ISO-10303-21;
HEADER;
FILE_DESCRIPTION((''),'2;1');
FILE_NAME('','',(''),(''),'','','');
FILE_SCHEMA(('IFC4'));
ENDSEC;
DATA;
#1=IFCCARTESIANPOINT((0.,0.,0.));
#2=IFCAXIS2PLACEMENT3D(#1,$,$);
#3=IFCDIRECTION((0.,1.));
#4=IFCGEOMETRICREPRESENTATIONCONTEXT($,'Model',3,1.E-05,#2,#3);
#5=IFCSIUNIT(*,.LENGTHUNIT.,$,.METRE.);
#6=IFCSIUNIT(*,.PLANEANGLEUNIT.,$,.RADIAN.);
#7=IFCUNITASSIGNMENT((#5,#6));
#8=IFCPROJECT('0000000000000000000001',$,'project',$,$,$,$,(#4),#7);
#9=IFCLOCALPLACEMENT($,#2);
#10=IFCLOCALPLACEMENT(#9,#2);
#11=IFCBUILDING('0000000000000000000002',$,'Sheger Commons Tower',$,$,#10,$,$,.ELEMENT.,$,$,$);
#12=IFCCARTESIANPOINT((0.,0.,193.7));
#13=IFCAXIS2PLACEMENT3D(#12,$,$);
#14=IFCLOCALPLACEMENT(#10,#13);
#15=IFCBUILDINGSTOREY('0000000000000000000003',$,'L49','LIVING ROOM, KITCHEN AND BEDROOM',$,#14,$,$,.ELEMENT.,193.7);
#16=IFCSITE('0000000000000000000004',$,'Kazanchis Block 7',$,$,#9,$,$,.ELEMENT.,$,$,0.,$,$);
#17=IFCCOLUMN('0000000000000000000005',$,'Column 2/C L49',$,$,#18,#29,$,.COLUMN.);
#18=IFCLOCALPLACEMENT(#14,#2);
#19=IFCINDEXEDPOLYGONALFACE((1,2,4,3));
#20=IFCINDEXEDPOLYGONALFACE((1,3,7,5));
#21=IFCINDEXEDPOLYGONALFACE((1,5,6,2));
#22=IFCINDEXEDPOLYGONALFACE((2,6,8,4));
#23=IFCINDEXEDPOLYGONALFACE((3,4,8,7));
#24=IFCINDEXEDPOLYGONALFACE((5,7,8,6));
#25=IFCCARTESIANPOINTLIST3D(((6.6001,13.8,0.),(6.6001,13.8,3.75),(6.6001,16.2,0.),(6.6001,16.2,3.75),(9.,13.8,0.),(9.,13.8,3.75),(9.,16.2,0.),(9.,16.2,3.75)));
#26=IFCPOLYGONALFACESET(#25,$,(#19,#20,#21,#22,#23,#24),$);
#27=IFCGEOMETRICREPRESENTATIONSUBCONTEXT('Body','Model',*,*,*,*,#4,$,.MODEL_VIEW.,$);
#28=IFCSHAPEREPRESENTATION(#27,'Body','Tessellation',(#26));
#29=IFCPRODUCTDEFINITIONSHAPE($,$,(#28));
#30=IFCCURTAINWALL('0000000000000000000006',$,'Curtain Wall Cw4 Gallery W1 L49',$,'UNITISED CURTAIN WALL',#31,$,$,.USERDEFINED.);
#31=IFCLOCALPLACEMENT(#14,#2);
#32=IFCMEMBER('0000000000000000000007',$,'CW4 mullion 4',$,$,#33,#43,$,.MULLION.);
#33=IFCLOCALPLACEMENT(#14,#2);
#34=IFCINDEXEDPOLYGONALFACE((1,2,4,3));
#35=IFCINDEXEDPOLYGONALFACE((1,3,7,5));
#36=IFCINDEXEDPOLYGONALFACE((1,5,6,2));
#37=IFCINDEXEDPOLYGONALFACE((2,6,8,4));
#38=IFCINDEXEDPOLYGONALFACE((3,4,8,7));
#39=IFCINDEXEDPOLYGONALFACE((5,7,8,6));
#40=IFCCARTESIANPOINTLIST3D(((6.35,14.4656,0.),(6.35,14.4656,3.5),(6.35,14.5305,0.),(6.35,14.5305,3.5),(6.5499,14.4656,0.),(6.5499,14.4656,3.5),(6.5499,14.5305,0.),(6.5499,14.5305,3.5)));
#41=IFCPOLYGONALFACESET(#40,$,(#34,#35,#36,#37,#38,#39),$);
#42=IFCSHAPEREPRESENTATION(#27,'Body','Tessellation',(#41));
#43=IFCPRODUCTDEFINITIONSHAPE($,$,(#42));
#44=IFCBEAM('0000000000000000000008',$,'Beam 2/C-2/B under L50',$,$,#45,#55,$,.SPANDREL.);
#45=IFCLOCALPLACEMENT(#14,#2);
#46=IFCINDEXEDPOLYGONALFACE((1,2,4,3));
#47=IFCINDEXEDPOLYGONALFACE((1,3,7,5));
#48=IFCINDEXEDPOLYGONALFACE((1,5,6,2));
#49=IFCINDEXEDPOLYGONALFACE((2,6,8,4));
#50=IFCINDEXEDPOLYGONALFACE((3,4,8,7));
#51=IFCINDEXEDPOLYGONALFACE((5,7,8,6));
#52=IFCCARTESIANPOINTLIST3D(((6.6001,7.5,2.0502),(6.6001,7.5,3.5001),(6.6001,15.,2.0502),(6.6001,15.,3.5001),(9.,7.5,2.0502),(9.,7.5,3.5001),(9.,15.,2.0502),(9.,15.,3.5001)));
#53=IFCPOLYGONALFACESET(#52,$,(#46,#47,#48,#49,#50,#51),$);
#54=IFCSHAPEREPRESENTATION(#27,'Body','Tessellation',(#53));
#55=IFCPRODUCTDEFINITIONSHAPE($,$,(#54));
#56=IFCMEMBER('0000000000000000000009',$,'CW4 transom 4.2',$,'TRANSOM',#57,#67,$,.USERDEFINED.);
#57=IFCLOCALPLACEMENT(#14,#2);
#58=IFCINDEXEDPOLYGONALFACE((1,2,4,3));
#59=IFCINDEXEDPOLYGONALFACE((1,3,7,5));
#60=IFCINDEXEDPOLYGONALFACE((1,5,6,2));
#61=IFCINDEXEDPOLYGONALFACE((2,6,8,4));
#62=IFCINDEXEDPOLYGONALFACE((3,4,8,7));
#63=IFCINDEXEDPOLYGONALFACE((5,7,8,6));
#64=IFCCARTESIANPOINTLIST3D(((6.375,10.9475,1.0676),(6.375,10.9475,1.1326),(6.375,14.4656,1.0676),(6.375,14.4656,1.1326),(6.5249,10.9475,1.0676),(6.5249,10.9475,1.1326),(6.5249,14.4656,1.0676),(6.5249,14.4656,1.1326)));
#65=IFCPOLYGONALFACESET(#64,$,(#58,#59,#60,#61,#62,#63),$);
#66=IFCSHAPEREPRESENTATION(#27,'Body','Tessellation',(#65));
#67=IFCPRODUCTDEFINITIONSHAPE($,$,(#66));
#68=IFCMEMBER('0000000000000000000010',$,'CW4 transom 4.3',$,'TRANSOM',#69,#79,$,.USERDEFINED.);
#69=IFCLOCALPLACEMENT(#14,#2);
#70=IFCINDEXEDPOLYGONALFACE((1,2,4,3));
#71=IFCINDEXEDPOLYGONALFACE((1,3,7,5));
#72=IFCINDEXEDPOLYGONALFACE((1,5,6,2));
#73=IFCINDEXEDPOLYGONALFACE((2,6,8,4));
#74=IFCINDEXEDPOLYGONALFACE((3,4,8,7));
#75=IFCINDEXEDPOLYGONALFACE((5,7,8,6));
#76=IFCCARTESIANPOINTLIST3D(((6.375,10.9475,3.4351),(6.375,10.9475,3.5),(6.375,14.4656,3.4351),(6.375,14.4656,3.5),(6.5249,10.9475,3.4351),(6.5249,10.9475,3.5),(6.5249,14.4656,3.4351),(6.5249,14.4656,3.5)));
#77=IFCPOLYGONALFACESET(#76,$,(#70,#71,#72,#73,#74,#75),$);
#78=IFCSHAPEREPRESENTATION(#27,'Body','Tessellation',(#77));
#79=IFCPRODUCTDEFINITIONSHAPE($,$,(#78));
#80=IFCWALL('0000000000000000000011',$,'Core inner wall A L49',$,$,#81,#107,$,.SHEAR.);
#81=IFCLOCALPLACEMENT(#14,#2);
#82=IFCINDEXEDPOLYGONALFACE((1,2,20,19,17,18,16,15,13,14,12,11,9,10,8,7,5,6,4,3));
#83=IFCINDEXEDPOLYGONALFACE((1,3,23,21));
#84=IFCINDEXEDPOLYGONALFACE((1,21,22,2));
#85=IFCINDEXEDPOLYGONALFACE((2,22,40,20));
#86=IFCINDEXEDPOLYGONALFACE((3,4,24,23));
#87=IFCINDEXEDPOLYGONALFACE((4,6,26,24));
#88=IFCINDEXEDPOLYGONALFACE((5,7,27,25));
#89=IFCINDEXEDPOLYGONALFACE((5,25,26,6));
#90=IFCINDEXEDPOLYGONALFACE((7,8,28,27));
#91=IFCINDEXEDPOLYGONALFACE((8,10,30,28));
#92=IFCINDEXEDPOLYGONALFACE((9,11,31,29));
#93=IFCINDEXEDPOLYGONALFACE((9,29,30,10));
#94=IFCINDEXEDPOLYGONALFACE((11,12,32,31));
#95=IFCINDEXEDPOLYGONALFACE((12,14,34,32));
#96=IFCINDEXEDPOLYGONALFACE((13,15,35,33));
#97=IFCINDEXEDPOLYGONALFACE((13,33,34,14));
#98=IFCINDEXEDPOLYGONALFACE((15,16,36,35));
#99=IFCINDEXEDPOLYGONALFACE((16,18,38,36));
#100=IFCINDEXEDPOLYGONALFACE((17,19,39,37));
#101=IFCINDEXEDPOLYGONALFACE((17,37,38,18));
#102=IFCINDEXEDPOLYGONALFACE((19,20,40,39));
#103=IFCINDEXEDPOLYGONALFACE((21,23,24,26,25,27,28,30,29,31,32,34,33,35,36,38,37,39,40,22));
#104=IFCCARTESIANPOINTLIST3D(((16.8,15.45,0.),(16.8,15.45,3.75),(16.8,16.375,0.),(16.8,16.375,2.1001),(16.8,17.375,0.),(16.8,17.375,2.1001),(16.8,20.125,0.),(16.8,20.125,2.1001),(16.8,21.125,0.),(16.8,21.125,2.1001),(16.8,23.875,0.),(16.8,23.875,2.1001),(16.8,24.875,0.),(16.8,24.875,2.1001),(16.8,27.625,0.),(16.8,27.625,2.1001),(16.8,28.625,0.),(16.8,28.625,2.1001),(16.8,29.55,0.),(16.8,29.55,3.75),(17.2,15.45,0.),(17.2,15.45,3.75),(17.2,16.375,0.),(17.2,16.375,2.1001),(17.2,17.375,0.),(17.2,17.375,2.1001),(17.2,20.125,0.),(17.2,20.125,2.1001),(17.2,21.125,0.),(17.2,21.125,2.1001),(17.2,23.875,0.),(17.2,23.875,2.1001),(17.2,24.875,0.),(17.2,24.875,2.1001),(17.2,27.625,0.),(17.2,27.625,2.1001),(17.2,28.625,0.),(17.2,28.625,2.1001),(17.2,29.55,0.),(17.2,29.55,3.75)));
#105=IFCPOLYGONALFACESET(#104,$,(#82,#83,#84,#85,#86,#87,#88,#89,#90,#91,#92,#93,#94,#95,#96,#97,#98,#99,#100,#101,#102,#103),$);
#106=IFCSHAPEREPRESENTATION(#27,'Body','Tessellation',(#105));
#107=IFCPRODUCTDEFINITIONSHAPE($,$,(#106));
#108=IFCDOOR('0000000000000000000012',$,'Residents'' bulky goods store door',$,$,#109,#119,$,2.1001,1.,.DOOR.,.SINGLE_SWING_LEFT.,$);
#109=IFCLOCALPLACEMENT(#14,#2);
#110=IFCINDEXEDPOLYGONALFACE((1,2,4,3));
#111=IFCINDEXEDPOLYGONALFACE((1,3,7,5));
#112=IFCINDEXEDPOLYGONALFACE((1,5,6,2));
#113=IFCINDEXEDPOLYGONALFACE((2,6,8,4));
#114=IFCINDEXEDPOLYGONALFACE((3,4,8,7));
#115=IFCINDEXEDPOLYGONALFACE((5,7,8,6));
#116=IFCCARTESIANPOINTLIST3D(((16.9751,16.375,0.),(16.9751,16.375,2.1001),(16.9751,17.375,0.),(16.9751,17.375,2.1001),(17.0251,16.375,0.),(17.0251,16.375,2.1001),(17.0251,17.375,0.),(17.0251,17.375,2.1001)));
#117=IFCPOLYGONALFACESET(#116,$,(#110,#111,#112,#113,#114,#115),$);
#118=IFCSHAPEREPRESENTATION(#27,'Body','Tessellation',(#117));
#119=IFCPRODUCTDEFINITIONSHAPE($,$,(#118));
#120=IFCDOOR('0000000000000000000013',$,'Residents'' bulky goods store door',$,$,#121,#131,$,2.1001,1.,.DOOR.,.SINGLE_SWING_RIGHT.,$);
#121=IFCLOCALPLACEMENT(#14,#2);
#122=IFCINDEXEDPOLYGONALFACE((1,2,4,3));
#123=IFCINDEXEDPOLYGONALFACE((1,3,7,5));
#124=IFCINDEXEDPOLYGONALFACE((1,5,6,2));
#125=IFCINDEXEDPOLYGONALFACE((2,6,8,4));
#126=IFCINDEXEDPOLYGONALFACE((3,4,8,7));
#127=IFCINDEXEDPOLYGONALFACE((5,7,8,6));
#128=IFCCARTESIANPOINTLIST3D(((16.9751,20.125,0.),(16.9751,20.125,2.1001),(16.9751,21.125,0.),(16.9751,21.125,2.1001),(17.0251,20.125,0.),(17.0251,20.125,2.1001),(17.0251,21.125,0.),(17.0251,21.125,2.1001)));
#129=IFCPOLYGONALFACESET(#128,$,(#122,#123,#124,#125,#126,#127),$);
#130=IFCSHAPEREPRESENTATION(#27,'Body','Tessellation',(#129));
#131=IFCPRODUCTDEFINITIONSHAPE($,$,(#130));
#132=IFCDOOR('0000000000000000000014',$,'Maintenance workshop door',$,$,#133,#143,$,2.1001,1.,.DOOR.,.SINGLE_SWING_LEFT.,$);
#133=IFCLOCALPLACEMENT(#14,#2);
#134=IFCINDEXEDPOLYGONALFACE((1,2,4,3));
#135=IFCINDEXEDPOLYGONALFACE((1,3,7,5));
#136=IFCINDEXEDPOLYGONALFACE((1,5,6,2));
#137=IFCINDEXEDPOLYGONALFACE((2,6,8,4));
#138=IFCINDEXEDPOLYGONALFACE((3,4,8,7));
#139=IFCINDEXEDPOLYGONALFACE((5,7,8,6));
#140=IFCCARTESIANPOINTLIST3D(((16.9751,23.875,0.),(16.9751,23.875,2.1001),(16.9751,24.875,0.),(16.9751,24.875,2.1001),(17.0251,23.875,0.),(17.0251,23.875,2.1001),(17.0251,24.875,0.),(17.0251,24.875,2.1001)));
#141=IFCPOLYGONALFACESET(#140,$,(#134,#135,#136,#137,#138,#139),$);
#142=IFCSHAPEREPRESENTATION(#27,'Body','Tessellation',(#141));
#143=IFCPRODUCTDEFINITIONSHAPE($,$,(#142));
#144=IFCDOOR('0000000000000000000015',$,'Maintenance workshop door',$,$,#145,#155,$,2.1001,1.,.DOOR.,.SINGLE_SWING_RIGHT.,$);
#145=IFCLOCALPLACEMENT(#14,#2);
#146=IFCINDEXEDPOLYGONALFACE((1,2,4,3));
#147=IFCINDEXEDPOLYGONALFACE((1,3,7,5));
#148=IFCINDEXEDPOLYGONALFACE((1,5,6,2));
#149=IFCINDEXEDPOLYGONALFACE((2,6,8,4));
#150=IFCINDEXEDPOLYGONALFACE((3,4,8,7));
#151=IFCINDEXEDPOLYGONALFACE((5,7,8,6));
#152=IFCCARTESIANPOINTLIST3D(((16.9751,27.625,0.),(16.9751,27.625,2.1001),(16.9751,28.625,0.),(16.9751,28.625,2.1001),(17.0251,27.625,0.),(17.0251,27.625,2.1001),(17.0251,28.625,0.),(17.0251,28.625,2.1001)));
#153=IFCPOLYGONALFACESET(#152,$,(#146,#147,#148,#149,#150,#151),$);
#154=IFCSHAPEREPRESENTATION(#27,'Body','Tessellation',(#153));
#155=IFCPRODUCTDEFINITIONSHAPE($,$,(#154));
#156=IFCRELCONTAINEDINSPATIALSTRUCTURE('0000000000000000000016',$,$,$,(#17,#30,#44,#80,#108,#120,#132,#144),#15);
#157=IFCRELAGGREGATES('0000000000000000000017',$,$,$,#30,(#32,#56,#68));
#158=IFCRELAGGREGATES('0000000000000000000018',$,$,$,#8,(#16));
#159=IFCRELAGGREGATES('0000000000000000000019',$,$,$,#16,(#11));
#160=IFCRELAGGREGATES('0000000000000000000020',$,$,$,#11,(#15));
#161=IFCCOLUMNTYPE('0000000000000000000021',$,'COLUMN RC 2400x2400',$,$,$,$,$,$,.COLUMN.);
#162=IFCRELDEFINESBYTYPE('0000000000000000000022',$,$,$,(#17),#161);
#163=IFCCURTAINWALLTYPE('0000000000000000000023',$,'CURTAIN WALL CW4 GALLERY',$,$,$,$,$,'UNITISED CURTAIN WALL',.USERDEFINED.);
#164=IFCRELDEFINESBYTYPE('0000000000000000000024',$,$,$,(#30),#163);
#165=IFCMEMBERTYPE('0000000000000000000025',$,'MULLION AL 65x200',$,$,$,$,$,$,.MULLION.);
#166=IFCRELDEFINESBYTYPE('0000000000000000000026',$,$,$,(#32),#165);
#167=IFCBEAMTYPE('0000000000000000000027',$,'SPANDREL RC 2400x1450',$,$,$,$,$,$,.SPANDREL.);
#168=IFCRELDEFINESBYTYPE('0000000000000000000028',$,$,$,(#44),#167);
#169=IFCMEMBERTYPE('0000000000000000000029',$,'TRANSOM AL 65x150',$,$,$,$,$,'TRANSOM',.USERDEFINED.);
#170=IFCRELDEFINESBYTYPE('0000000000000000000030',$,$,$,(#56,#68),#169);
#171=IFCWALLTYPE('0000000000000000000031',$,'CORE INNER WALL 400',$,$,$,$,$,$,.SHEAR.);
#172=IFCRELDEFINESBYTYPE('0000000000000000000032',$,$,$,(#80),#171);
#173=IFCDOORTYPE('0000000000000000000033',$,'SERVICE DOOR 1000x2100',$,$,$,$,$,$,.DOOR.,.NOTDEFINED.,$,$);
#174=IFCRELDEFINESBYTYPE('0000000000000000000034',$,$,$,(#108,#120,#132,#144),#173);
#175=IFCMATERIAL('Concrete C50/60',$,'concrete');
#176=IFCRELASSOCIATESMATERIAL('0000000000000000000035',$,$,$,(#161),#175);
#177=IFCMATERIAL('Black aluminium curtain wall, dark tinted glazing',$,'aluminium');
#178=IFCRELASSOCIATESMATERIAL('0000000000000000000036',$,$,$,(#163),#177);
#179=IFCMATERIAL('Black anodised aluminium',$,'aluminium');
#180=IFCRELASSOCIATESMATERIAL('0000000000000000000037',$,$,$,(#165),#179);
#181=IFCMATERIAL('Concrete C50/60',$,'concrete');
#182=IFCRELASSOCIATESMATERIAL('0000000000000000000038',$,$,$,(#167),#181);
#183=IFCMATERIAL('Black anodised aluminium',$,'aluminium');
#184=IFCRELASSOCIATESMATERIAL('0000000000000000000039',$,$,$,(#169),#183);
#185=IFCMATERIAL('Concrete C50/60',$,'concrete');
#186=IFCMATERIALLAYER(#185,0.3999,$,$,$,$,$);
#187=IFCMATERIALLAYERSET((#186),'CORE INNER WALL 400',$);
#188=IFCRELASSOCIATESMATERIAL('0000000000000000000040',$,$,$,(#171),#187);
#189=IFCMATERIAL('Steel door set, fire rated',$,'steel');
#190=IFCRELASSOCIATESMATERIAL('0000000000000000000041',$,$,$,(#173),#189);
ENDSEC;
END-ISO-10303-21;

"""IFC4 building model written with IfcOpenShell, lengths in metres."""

from ifc_helpers import new_model, si_unit, direction, frame, frame_2d, origin, origin_2d, place, context, subcontext, project, spatial, rectangle, extrude, material, layer, layer_set, material_profile, profile_set, type_object, element, fill, aggregate, save


model = new_model("IFC4")

# Units and contexts
model_context = context("Model", 3, precision=1e-05, world=origin(), true_north=direction((0.0, 1.0)))
body_context = subcontext(model_context, "Body", "Model", "MODEL_VIEW")
ifc_project = project(units=[si_unit("LENGTHUNIT", "METRE"), si_unit("PLANEANGLEUNIT", "RADIAN")], contexts=[model_context])

# Site, building, storey
site_placement = place(None, origin())
site = spatial("IfcSite", under=ifc_project, at=site_placement, Name="Kazanchis Block 7", CompositionType="ELEMENT", RefElevation=0.0)
building_placement = place(site_placement, origin())
building = spatial("IfcBuilding", under=site, at=building_placement, Name="Sheger Commons Tower", CompositionType="ELEMENT")
storey_placement = place(building_placement, frame((0.0, 0.0, 193.7)))
storey = spatial("IfcBuildingStorey", under=building, at=storey_placement, Name="L49", Description="LIVING ROOM, KITCHEN AND BEDROOM", CompositionType="ELEMENT", Elevation=193.7)

# Column
ifc_material_1 = material(Name="Concrete C50/60", Category="concrete")
ifc_material_profile_1 = material_profile(ifc_material_1, rectangle(XDim=2.3999, YDim=2.3999, at=origin_2d()), Name="RC 2400x2400")
ifc_profile_set_1 = profile_set([ifc_material_profile_1], Name="Concrete C50/60")
column_type = type_object("IfcColumnType", Name="COLUMN RC 2400x2400", PredefinedType="COLUMN", material=ifc_profile_set_1)
column_placement = place(storey_placement, frame((7.8, 15.0, 0.0), z_axis=(0.0, 0.0, 1.0), x_axis=(1.0, 0.0, 0.0)))
element("IfcColumn", 1, at=column_placement, inside=storey, type_object=column_type, Name="Column 2/C L49", PredefinedType="COLUMN", context=body_context, shape_type="SweptSolid", body=[
    extrude(rectangle(XDim=2.3999, YDim=2.3999, at=origin_2d()), origin(), (0.0, 0.0, 1.0), 3.75),
])

# Curtain wall, member
ifc_material_2 = material(Name="Black aluminium curtain wall, dark tinted glazing", Category="aluminium")
curtain_wall_type = type_object("IfcCurtainWallType", Name="CURTAIN WALL CW4 GALLERY", ElementType="UNITISED CURTAIN WALL", PredefinedType="USERDEFINED", material=ifc_material_2)
curtain_wall_placement = place(storey_placement, origin())
curtain_wall = element("IfcCurtainWall", 2, at=curtain_wall_placement, inside=storey, type_object=curtain_wall_type, Name="Curtain Wall Cw4 Gallery W1 L49", ObjectType="UNITISED CURTAIN WALL", PredefinedType="USERDEFINED")
ifc_material_3 = material(Name="Black anodised aluminium", Category="aluminium")
ifc_material_profile_2 = material_profile(ifc_material_3, rectangle(XDim=0.2, YDim=0.0649, at=origin_2d()), Name="AL 65x200")
ifc_profile_set_2 = profile_set([ifc_material_profile_2], Name="Black anodised aluminium")
member_type_1 = type_object("IfcMemberType", Name="MULLION AL 65x200", PredefinedType="MULLION", material=ifc_profile_set_2)
member_1_placement = place(storey_placement, frame((6.45, 14.498, 0.0), z_axis=(0.0, 0.0, 1.0), x_axis=(1.0, 0.0, 0.0)))
member_1 = element("IfcMember", 3, at=member_1_placement, type_object=member_type_1, Name="CW4 mullion 4", PredefinedType="MULLION", context=body_context, shape_type="SweptSolid", body=[
    extrude(rectangle(XDim=0.2, YDim=0.0649, at=origin_2d()), origin(), (0.0, 0.0, 1.0), 3.5),
])

# Beam
ifc_material_4 = material(Name="Concrete C50/60", Category="concrete")
ifc_material_profile_3 = material_profile(ifc_material_4, rectangle(XDim=2.3999, YDim=1.45, at=origin_2d()), Name="RC 2400x1450")
ifc_profile_set_3 = profile_set([ifc_material_profile_3], Name="Concrete C50/60")
beam_type = type_object("IfcBeamType", Name="SPANDREL RC 2400x1450", PredefinedType="SPANDREL", material=ifc_profile_set_3)
beam_placement = place(storey_placement, frame((7.8, 15.0, 2.7751), z_axis=(0.0, -1.0, 0.0), x_axis=(1.0, 0.0, 0.0)))
element("IfcBeam", 4, at=beam_placement, inside=storey, type_object=beam_type, Name="Beam 2/C-2/B under L50", PredefinedType="SPANDREL", context=body_context, shape_type="SweptSolid", body=[
    extrude(rectangle(XDim=2.3999, YDim=1.45, at=origin_2d()), origin(), (0.0, 0.0, 1.0), 7.5),
])

# Members
ifc_material_5 = material(Name="Black anodised aluminium", Category="aluminium")
ifc_material_profile_4 = material_profile(ifc_material_5, rectangle(XDim=0.1499, YDim=0.0649, at=origin_2d()), Name="AL 65x150")
ifc_profile_set_4 = profile_set([ifc_material_profile_4], Name="Black anodised aluminium")
member_type_2 = type_object("IfcMemberType", Name="TRANSOM AL 65x150", ElementType="TRANSOM", PredefinedType="USERDEFINED", material=ifc_profile_set_4)
member_2_placement = place(storey_placement, frame((6.45, 14.4656, 1.1001), z_axis=(0.0, -1.0, 0.0), x_axis=(1.0, 0.0, 0.0)))
member_2 = element("IfcMember", 5, at=member_2_placement, type_object=member_type_2, Name="CW4 transom 4.2", ObjectType="TRANSOM", PredefinedType="USERDEFINED", context=body_context, shape_type="SweptSolid", body=[
    extrude(rectangle(XDim=0.1499, YDim=0.0649, at=origin_2d()), origin(), (0.0, 0.0, 1.0), 3.5181),
])
member_3_placement = place(storey_placement, frame((6.45, 14.4656, 3.4675), z_axis=(0.0, -1.0, 0.0), x_axis=(1.0, 0.0, 0.0)))
member_3 = element("IfcMember", 6, at=member_3_placement, type_object=member_type_2, Name="CW4 transom 4.3", ObjectType="TRANSOM", PredefinedType="USERDEFINED", context=body_context, shape_type="SweptSolid", body=[
    extrude(rectangle(XDim=0.1499, YDim=0.0649, at=origin_2d()), origin(), (0.0, 0.0, 1.0), 3.5181),
])
aggregate(curtain_wall, [member_1, member_2, member_3])

# Wall, openings, doors
ifc_material_6 = material(Name="Concrete C50/60", Category="concrete")
ifc_layer_1 = layer(ifc_material_6, 0.3999)
ifc_layer_set_1 = layer_set([ifc_layer_1], Name="CORE INNER WALL 400")
wall_type_1 = type_object("IfcWallType", Name="CORE INNER WALL 400", PredefinedType="SHEAR", material=ifc_layer_set_1)
wall_1_placement = place(storey_placement, frame((17.0, 15.45, 0.0), z_axis=(0.0, 0.0, 1.0), x_axis=(0.0, 1.0, 0.0)))
wall_1 = element("IfcWall", 7, at=wall_1_placement, inside=storey, type_object=wall_type_1, Name="Core inner wall A L49", PredefinedType="SHEAR", context=body_context, shape_type="SweptSolid", body=[
    extrude(rectangle(XDim=14.1001, YDim=0.3999, at=frame_2d((7.05, 0.0))), origin(), (0.0, 0.0, 1.0), 3.75),
])
opening_1_placement = place(wall_1_placement, frame((0.925, 0.0, 0.0)))
opening_1 = element("IfcOpeningElement", 8, at=opening_1_placement, cuts=wall_1, PredefinedType="OPENING", context=body_context, shape_type="SweptSolid", body=[
    extrude(rectangle(XDim=1.0, YDim=2.1001, at=frame_2d((0.5, 1.05))), frame((0.0, 0.21, 0.0), z_axis=(0.0, -1.0, 0.0), x_axis=(1.0, 0.0, 0.0)), (0.0, 0.0, 1.0), 0.4199),
])
opening_2_placement = place(wall_1_placement, frame((4.675, 0.0, 0.0)))
opening_2 = element("IfcOpeningElement", 9, at=opening_2_placement, cuts=wall_1, PredefinedType="OPENING", context=body_context, shape_type="SweptSolid", body=[
    extrude(rectangle(XDim=1.0, YDim=2.1001, at=frame_2d((0.5, 1.05))), frame((0.0, 0.21, 0.0), z_axis=(0.0, -1.0, 0.0), x_axis=(1.0, 0.0, 0.0)), (0.0, 0.0, 1.0), 0.4199),
])
opening_3_placement = place(wall_1_placement, frame((8.425, 0.0, 0.0)))
opening_3 = element("IfcOpeningElement", 10, at=opening_3_placement, cuts=wall_1, PredefinedType="OPENING", context=body_context, shape_type="SweptSolid", body=[
    extrude(rectangle(XDim=1.0, YDim=2.1001, at=frame_2d((0.5, 1.05))), frame((0.0, 0.21, 0.0), z_axis=(0.0, -1.0, 0.0), x_axis=(1.0, 0.0, 0.0)), (0.0, 0.0, 1.0), 0.4199),
])
opening_4_placement = place(wall_1_placement, frame((12.175, 0.0, 0.0)))
opening_4 = element("IfcOpeningElement", 11, at=opening_4_placement, cuts=wall_1, PredefinedType="OPENING", context=body_context, shape_type="SweptSolid", body=[
    extrude(rectangle(XDim=1.0, YDim=2.1001, at=frame_2d((0.5, 1.05))), frame((0.0, 0.21, 0.0), z_axis=(0.0, -1.0, 0.0), x_axis=(1.0, 0.0, 0.0)), (0.0, 0.0, 1.0), 0.4199),
])
ifc_material_7 = material(Name="Steel door set, fire rated", Category="steel")
door_type_1 = type_object("IfcDoorType", Name="SERVICE DOOR 1000x2100", OperationType="NOTDEFINED", PredefinedType="DOOR", material=ifc_material_7)
door_1_placement = place(opening_1_placement, origin())
door_1 = element("IfcDoor", 12, at=door_1_placement, inside=storey, type_object=door_type_1, Name="Residents' bulky goods store door", OperationType="SINGLE_SWING_LEFT", OverallHeight=2.1001, OverallWidth=1.0, PredefinedType="DOOR", context=body_context, shape_type="SweptSolid", body=[
    extrude(rectangle(XDim=1.0, YDim=2.1001, at=frame_2d((0.5, 1.05))), frame((0.0, 0.0249, 0.0), z_axis=(0.0, -1.0, 0.0), x_axis=(1.0, 0.0, 0.0)), (0.0, 0.0, 1.0), 0.05),
])
fill(opening_1, door_1)
door_2_placement = place(opening_2_placement, origin())
door_2 = element("IfcDoor", 13, at=door_2_placement, inside=storey, type_object=door_type_1, Name="Residents' bulky goods store door", OperationType="SINGLE_SWING_RIGHT", OverallHeight=2.1001, OverallWidth=1.0, PredefinedType="DOOR", context=body_context, shape_type="SweptSolid", body=[
    extrude(rectangle(XDim=1.0, YDim=2.1001, at=frame_2d((0.5, 1.05))), frame((0.0, 0.0249, 0.0), z_axis=(0.0, -1.0, 0.0), x_axis=(1.0, 0.0, 0.0)), (0.0, 0.0, 1.0), 0.05),
])
fill(opening_2, door_2)
door_3_placement = place(opening_3_placement, origin())
door_3 = element("IfcDoor", 14, at=door_3_placement, inside=storey, type_object=door_type_1, Name="Maintenance workshop door", OperationType="SINGLE_SWING_LEFT", OverallHeight=2.1001, OverallWidth=1.0, PredefinedType="DOOR", context=body_context, shape_type="SweptSolid", body=[
    extrude(rectangle(XDim=1.0, YDim=2.1001, at=frame_2d((0.5, 1.05))), frame((0.0, 0.0249, 0.0), z_axis=(0.0, -1.0, 0.0), x_axis=(1.0, 0.0, 0.0)), (0.0, 0.0, 1.0), 0.05),
])
fill(opening_3, door_3)
door_4_placement = place(opening_4_placement, origin())
door_4 = element("IfcDoor", 15, at=door_4_placement, inside=storey, type_object=door_type_1, Name="Maintenance workshop door", OperationType="SINGLE_SWING_RIGHT", OverallHeight=2.1001, OverallWidth=1.0, PredefinedType="DOOR", context=body_context, shape_type="SweptSolid", body=[
    extrude(rectangle(XDim=1.0, YDim=2.1001, at=frame_2d((0.5, 1.05))), frame((0.0, 0.0249, 0.0), z_axis=(0.0, -1.0, 0.0), x_axis=(1.0, 0.0, 0.0)), (0.0, 0.0, 1.0), 0.05),
])
fill(opening_4, door_4)

save(model, "model.ifc")
